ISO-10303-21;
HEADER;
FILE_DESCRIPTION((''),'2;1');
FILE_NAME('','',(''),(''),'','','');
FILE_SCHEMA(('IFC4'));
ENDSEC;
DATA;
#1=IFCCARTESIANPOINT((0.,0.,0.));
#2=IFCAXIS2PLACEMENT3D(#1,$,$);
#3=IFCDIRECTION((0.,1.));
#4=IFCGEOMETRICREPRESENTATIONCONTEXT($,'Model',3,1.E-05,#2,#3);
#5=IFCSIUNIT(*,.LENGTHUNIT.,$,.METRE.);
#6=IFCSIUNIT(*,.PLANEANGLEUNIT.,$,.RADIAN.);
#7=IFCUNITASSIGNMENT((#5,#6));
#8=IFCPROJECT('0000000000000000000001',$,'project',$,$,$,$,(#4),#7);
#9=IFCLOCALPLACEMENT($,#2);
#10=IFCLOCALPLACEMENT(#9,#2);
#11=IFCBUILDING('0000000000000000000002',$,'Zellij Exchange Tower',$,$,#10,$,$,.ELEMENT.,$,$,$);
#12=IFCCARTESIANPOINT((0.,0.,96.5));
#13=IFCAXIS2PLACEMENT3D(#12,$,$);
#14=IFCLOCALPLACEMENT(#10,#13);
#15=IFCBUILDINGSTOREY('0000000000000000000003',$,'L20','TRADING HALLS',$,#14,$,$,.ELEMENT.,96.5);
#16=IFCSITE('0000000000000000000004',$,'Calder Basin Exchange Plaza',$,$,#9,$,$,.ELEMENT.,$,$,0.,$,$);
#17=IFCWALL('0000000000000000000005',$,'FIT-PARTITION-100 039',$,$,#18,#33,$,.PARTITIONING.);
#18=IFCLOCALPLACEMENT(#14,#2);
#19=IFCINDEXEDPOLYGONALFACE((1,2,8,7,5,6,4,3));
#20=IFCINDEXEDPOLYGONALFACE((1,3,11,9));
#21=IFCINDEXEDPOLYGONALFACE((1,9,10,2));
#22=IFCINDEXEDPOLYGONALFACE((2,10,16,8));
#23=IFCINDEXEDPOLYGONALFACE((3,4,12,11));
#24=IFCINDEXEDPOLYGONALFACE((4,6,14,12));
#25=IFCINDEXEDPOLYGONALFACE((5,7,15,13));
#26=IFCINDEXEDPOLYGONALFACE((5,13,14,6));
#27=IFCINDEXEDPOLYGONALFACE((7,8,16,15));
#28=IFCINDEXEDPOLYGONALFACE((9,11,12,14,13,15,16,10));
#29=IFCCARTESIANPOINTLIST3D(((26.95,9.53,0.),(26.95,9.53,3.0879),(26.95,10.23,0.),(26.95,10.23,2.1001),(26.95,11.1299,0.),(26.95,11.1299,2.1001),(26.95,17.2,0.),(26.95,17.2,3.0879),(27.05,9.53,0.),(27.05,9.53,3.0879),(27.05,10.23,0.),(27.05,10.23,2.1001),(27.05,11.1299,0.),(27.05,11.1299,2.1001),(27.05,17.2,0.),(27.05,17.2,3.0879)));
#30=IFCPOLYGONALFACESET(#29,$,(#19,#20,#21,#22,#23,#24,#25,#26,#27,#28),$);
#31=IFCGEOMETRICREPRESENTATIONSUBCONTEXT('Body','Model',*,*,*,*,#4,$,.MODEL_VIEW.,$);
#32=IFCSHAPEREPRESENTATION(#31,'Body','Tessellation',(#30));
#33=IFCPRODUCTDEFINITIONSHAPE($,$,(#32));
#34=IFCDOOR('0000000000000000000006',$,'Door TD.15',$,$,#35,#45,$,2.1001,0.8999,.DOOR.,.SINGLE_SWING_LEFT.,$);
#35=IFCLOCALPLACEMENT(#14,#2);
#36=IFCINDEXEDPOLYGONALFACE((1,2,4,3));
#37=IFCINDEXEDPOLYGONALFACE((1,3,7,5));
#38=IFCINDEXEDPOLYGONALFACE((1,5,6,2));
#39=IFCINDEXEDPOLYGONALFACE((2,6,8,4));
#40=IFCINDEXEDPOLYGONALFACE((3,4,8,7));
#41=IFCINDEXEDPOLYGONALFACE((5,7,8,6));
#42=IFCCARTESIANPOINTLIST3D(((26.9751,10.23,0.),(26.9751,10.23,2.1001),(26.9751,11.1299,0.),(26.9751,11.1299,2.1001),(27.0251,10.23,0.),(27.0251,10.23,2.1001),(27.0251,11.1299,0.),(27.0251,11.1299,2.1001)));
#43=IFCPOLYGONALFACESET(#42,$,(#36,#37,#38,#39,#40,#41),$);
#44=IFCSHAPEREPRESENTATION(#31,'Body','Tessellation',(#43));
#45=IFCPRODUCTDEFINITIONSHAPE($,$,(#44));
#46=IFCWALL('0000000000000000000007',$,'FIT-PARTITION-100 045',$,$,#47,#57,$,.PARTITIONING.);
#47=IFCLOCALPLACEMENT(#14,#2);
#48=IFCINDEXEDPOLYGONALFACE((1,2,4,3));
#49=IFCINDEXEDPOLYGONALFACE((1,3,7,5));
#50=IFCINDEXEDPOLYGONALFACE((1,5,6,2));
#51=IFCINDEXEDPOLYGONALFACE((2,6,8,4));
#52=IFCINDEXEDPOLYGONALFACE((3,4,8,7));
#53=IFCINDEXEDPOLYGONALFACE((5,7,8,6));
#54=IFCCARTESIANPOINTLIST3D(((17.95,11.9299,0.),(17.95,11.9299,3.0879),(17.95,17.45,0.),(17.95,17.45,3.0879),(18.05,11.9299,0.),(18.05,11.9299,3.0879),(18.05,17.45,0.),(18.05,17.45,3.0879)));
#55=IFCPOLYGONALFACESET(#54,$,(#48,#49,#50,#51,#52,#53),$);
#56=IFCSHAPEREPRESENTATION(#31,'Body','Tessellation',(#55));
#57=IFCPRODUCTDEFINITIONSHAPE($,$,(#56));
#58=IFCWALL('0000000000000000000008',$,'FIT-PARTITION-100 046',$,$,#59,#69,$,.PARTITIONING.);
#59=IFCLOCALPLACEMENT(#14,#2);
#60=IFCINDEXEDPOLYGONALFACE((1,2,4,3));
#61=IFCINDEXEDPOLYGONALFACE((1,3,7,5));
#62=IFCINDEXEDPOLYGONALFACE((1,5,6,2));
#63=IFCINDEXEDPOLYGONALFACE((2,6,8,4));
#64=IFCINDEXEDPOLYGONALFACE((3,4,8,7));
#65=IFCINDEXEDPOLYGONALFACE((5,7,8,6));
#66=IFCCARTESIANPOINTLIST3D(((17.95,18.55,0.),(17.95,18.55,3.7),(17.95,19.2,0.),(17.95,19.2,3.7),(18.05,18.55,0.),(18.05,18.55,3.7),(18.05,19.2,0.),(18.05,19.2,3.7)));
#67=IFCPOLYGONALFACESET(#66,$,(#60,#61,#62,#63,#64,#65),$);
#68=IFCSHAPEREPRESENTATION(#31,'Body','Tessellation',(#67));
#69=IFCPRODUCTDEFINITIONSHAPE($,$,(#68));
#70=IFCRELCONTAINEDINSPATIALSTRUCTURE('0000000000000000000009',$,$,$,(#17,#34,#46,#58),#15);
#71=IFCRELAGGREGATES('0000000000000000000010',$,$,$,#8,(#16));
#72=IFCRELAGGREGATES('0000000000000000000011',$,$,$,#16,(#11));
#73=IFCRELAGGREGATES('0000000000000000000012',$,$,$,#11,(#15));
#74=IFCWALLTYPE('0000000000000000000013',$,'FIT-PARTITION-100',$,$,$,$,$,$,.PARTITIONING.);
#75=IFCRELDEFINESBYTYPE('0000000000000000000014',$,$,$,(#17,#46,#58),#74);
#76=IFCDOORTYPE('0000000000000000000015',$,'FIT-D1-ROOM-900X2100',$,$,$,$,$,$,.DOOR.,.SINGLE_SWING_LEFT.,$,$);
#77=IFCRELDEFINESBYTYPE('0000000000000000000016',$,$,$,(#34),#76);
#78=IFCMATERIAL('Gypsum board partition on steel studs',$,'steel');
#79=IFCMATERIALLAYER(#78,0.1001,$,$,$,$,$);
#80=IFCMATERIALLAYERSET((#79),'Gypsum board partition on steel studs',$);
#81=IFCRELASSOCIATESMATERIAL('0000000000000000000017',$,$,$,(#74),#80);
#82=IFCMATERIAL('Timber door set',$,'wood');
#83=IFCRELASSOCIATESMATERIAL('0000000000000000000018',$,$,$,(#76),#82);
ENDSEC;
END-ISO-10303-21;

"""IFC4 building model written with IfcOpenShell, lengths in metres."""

from ifc_helpers import new_model, si_unit, direction, frame, frame_2d, origin, place, context, subcontext, project, spatial, rectangle, extrude, material, layer, layer_set, type_object, element, fill, save


model = new_model("IFC4")

# Units and contexts
model_context = context("Model", 3, precision=1e-05, world=origin(), true_north=direction((0.0, 1.0)))
body_context = subcontext(model_context, "Body", "Model", "MODEL_VIEW")
ifc_project = project(units=[si_unit("LENGTHUNIT", "METRE"), si_unit("PLANEANGLEUNIT", "RADIAN")], contexts=[model_context])

# Site, building, storey
site_placement = place(None, origin())
site = spatial("IfcSite", under=ifc_project, at=site_placement, Name="Calder Basin Exchange Plaza", CompositionType="ELEMENT", RefElevation=0.0)
building_placement = place(site_placement, origin())
building = spatial("IfcBuilding", under=site, at=building_placement, Name="Zellij Exchange Tower", CompositionType="ELEMENT")
storey_placement = place(building_placement, frame((0.0, 0.0, 96.5)))
storey = spatial("IfcBuildingStorey", under=building, at=storey_placement, Name="L20", Description="TRADING HALLS", CompositionType="ELEMENT", Elevation=96.5)

# Shared definitions
ifc_material_1 = material(Name="Gypsum board partition on steel studs", Category="steel")
ifc_layer_1 = layer(ifc_material_1, 0.1001)
ifc_layer_set_1 = layer_set([ifc_layer_1], Name="Gypsum board partition on steel studs")
wall_type_1 = type_object("IfcWallType", Name="FIT-PARTITION-100", PredefinedType="PARTITIONING", material=ifc_layer_set_1)

# Shared definitions
ifc_material_2 = material(Name="Timber door set", Category="wood")

# Wall, opening, door
wall_1_placement = place(storey_placement, frame((27.0, 9.53, 0.0), z_axis=(0.0, 0.0, 1.0), x_axis=(0.0, 1.0, 0.0)))
wall_1 = element("IfcWall", 1, at=wall_1_placement, inside=storey, type_object=wall_type_1, Name="FIT-PARTITION-100 039", PredefinedType="PARTITIONING", context=body_context, shape_type="SweptSolid", body=[
    extrude(rectangle(XDim=7.6699, YDim=0.1001, at=frame_2d((3.835, 0.0))), origin(), (0.0, 0.0, 1.0), 3.0879),
])
opening_1_placement = place(wall_1_placement, frame((0.7, 0.0, 0.0)))
opening_1 = element("IfcOpeningElement", 2, at=opening_1_placement, cuts=wall_1, PredefinedType="OPENING", context=body_context, shape_type="SweptSolid", body=[
    extrude(rectangle(XDim=0.8999, YDim=2.1001, at=frame_2d((0.45, 1.05))), frame((0.0, 0.062, 0.0), z_axis=(0.0, -1.0, 0.0), x_axis=(1.0, 0.0, 0.0)), (0.0, 0.0, 1.0), 0.124),
])
door_type_1 = type_object("IfcDoorType", Name="FIT-D1-ROOM-900X2100", OperationType="SINGLE_SWING_LEFT", PredefinedType="DOOR", material=ifc_material_2)
door_1_placement = place(opening_1_placement, origin())
door_1 = element("IfcDoor", 3, at=door_1_placement, inside=storey, type_object=door_type_1, Name="Door TD.15", OperationType="SINGLE_SWING_LEFT", OverallHeight=2.1001, OverallWidth=0.8999, PredefinedType="DOOR", context=body_context, shape_type="SweptSolid", body=[
    extrude(rectangle(XDim=0.8999, YDim=2.1001, at=frame_2d((0.45, 1.05))), frame((0.0, 0.0249, 0.0), z_axis=(0.0, -1.0, 0.0), x_axis=(1.0, 0.0, 0.0)), (0.0, 0.0, 1.0), 0.05),
])
fill(opening_1, door_1)

# Walls
wall_2_placement = place(storey_placement, frame((18.0, 11.9299, 0.0), z_axis=(0.0, 0.0, 1.0), x_axis=(0.0, 1.0, 0.0)))
element("IfcWall", 4, at=wall_2_placement, inside=storey, type_object=wall_type_1, Name="FIT-PARTITION-100 045", PredefinedType="PARTITIONING", context=body_context, shape_type="SweptSolid", body=[
    extrude(rectangle(XDim=5.52, YDim=0.1001, at=frame_2d((2.76, 0.0))), origin(), (0.0, 0.0, 1.0), 3.0879),
])
wall_3_placement = place(storey_placement, frame((18.0, 18.55, 0.0), z_axis=(0.0, 0.0, 1.0), x_axis=(0.0, 1.0, 0.0)))
element("IfcWall", 5, at=wall_3_placement, inside=storey, type_object=wall_type_1, Name="FIT-PARTITION-100 046", PredefinedType="PARTITIONING", context=body_context, shape_type="SweptSolid", body=[
    extrude(rectangle(XDim=0.6499, YDim=0.1001, at=frame_2d((0.325, 0.0))), origin(), (0.0, 0.0, 1.0), 3.7),
])

save(model, "model.ifc")
